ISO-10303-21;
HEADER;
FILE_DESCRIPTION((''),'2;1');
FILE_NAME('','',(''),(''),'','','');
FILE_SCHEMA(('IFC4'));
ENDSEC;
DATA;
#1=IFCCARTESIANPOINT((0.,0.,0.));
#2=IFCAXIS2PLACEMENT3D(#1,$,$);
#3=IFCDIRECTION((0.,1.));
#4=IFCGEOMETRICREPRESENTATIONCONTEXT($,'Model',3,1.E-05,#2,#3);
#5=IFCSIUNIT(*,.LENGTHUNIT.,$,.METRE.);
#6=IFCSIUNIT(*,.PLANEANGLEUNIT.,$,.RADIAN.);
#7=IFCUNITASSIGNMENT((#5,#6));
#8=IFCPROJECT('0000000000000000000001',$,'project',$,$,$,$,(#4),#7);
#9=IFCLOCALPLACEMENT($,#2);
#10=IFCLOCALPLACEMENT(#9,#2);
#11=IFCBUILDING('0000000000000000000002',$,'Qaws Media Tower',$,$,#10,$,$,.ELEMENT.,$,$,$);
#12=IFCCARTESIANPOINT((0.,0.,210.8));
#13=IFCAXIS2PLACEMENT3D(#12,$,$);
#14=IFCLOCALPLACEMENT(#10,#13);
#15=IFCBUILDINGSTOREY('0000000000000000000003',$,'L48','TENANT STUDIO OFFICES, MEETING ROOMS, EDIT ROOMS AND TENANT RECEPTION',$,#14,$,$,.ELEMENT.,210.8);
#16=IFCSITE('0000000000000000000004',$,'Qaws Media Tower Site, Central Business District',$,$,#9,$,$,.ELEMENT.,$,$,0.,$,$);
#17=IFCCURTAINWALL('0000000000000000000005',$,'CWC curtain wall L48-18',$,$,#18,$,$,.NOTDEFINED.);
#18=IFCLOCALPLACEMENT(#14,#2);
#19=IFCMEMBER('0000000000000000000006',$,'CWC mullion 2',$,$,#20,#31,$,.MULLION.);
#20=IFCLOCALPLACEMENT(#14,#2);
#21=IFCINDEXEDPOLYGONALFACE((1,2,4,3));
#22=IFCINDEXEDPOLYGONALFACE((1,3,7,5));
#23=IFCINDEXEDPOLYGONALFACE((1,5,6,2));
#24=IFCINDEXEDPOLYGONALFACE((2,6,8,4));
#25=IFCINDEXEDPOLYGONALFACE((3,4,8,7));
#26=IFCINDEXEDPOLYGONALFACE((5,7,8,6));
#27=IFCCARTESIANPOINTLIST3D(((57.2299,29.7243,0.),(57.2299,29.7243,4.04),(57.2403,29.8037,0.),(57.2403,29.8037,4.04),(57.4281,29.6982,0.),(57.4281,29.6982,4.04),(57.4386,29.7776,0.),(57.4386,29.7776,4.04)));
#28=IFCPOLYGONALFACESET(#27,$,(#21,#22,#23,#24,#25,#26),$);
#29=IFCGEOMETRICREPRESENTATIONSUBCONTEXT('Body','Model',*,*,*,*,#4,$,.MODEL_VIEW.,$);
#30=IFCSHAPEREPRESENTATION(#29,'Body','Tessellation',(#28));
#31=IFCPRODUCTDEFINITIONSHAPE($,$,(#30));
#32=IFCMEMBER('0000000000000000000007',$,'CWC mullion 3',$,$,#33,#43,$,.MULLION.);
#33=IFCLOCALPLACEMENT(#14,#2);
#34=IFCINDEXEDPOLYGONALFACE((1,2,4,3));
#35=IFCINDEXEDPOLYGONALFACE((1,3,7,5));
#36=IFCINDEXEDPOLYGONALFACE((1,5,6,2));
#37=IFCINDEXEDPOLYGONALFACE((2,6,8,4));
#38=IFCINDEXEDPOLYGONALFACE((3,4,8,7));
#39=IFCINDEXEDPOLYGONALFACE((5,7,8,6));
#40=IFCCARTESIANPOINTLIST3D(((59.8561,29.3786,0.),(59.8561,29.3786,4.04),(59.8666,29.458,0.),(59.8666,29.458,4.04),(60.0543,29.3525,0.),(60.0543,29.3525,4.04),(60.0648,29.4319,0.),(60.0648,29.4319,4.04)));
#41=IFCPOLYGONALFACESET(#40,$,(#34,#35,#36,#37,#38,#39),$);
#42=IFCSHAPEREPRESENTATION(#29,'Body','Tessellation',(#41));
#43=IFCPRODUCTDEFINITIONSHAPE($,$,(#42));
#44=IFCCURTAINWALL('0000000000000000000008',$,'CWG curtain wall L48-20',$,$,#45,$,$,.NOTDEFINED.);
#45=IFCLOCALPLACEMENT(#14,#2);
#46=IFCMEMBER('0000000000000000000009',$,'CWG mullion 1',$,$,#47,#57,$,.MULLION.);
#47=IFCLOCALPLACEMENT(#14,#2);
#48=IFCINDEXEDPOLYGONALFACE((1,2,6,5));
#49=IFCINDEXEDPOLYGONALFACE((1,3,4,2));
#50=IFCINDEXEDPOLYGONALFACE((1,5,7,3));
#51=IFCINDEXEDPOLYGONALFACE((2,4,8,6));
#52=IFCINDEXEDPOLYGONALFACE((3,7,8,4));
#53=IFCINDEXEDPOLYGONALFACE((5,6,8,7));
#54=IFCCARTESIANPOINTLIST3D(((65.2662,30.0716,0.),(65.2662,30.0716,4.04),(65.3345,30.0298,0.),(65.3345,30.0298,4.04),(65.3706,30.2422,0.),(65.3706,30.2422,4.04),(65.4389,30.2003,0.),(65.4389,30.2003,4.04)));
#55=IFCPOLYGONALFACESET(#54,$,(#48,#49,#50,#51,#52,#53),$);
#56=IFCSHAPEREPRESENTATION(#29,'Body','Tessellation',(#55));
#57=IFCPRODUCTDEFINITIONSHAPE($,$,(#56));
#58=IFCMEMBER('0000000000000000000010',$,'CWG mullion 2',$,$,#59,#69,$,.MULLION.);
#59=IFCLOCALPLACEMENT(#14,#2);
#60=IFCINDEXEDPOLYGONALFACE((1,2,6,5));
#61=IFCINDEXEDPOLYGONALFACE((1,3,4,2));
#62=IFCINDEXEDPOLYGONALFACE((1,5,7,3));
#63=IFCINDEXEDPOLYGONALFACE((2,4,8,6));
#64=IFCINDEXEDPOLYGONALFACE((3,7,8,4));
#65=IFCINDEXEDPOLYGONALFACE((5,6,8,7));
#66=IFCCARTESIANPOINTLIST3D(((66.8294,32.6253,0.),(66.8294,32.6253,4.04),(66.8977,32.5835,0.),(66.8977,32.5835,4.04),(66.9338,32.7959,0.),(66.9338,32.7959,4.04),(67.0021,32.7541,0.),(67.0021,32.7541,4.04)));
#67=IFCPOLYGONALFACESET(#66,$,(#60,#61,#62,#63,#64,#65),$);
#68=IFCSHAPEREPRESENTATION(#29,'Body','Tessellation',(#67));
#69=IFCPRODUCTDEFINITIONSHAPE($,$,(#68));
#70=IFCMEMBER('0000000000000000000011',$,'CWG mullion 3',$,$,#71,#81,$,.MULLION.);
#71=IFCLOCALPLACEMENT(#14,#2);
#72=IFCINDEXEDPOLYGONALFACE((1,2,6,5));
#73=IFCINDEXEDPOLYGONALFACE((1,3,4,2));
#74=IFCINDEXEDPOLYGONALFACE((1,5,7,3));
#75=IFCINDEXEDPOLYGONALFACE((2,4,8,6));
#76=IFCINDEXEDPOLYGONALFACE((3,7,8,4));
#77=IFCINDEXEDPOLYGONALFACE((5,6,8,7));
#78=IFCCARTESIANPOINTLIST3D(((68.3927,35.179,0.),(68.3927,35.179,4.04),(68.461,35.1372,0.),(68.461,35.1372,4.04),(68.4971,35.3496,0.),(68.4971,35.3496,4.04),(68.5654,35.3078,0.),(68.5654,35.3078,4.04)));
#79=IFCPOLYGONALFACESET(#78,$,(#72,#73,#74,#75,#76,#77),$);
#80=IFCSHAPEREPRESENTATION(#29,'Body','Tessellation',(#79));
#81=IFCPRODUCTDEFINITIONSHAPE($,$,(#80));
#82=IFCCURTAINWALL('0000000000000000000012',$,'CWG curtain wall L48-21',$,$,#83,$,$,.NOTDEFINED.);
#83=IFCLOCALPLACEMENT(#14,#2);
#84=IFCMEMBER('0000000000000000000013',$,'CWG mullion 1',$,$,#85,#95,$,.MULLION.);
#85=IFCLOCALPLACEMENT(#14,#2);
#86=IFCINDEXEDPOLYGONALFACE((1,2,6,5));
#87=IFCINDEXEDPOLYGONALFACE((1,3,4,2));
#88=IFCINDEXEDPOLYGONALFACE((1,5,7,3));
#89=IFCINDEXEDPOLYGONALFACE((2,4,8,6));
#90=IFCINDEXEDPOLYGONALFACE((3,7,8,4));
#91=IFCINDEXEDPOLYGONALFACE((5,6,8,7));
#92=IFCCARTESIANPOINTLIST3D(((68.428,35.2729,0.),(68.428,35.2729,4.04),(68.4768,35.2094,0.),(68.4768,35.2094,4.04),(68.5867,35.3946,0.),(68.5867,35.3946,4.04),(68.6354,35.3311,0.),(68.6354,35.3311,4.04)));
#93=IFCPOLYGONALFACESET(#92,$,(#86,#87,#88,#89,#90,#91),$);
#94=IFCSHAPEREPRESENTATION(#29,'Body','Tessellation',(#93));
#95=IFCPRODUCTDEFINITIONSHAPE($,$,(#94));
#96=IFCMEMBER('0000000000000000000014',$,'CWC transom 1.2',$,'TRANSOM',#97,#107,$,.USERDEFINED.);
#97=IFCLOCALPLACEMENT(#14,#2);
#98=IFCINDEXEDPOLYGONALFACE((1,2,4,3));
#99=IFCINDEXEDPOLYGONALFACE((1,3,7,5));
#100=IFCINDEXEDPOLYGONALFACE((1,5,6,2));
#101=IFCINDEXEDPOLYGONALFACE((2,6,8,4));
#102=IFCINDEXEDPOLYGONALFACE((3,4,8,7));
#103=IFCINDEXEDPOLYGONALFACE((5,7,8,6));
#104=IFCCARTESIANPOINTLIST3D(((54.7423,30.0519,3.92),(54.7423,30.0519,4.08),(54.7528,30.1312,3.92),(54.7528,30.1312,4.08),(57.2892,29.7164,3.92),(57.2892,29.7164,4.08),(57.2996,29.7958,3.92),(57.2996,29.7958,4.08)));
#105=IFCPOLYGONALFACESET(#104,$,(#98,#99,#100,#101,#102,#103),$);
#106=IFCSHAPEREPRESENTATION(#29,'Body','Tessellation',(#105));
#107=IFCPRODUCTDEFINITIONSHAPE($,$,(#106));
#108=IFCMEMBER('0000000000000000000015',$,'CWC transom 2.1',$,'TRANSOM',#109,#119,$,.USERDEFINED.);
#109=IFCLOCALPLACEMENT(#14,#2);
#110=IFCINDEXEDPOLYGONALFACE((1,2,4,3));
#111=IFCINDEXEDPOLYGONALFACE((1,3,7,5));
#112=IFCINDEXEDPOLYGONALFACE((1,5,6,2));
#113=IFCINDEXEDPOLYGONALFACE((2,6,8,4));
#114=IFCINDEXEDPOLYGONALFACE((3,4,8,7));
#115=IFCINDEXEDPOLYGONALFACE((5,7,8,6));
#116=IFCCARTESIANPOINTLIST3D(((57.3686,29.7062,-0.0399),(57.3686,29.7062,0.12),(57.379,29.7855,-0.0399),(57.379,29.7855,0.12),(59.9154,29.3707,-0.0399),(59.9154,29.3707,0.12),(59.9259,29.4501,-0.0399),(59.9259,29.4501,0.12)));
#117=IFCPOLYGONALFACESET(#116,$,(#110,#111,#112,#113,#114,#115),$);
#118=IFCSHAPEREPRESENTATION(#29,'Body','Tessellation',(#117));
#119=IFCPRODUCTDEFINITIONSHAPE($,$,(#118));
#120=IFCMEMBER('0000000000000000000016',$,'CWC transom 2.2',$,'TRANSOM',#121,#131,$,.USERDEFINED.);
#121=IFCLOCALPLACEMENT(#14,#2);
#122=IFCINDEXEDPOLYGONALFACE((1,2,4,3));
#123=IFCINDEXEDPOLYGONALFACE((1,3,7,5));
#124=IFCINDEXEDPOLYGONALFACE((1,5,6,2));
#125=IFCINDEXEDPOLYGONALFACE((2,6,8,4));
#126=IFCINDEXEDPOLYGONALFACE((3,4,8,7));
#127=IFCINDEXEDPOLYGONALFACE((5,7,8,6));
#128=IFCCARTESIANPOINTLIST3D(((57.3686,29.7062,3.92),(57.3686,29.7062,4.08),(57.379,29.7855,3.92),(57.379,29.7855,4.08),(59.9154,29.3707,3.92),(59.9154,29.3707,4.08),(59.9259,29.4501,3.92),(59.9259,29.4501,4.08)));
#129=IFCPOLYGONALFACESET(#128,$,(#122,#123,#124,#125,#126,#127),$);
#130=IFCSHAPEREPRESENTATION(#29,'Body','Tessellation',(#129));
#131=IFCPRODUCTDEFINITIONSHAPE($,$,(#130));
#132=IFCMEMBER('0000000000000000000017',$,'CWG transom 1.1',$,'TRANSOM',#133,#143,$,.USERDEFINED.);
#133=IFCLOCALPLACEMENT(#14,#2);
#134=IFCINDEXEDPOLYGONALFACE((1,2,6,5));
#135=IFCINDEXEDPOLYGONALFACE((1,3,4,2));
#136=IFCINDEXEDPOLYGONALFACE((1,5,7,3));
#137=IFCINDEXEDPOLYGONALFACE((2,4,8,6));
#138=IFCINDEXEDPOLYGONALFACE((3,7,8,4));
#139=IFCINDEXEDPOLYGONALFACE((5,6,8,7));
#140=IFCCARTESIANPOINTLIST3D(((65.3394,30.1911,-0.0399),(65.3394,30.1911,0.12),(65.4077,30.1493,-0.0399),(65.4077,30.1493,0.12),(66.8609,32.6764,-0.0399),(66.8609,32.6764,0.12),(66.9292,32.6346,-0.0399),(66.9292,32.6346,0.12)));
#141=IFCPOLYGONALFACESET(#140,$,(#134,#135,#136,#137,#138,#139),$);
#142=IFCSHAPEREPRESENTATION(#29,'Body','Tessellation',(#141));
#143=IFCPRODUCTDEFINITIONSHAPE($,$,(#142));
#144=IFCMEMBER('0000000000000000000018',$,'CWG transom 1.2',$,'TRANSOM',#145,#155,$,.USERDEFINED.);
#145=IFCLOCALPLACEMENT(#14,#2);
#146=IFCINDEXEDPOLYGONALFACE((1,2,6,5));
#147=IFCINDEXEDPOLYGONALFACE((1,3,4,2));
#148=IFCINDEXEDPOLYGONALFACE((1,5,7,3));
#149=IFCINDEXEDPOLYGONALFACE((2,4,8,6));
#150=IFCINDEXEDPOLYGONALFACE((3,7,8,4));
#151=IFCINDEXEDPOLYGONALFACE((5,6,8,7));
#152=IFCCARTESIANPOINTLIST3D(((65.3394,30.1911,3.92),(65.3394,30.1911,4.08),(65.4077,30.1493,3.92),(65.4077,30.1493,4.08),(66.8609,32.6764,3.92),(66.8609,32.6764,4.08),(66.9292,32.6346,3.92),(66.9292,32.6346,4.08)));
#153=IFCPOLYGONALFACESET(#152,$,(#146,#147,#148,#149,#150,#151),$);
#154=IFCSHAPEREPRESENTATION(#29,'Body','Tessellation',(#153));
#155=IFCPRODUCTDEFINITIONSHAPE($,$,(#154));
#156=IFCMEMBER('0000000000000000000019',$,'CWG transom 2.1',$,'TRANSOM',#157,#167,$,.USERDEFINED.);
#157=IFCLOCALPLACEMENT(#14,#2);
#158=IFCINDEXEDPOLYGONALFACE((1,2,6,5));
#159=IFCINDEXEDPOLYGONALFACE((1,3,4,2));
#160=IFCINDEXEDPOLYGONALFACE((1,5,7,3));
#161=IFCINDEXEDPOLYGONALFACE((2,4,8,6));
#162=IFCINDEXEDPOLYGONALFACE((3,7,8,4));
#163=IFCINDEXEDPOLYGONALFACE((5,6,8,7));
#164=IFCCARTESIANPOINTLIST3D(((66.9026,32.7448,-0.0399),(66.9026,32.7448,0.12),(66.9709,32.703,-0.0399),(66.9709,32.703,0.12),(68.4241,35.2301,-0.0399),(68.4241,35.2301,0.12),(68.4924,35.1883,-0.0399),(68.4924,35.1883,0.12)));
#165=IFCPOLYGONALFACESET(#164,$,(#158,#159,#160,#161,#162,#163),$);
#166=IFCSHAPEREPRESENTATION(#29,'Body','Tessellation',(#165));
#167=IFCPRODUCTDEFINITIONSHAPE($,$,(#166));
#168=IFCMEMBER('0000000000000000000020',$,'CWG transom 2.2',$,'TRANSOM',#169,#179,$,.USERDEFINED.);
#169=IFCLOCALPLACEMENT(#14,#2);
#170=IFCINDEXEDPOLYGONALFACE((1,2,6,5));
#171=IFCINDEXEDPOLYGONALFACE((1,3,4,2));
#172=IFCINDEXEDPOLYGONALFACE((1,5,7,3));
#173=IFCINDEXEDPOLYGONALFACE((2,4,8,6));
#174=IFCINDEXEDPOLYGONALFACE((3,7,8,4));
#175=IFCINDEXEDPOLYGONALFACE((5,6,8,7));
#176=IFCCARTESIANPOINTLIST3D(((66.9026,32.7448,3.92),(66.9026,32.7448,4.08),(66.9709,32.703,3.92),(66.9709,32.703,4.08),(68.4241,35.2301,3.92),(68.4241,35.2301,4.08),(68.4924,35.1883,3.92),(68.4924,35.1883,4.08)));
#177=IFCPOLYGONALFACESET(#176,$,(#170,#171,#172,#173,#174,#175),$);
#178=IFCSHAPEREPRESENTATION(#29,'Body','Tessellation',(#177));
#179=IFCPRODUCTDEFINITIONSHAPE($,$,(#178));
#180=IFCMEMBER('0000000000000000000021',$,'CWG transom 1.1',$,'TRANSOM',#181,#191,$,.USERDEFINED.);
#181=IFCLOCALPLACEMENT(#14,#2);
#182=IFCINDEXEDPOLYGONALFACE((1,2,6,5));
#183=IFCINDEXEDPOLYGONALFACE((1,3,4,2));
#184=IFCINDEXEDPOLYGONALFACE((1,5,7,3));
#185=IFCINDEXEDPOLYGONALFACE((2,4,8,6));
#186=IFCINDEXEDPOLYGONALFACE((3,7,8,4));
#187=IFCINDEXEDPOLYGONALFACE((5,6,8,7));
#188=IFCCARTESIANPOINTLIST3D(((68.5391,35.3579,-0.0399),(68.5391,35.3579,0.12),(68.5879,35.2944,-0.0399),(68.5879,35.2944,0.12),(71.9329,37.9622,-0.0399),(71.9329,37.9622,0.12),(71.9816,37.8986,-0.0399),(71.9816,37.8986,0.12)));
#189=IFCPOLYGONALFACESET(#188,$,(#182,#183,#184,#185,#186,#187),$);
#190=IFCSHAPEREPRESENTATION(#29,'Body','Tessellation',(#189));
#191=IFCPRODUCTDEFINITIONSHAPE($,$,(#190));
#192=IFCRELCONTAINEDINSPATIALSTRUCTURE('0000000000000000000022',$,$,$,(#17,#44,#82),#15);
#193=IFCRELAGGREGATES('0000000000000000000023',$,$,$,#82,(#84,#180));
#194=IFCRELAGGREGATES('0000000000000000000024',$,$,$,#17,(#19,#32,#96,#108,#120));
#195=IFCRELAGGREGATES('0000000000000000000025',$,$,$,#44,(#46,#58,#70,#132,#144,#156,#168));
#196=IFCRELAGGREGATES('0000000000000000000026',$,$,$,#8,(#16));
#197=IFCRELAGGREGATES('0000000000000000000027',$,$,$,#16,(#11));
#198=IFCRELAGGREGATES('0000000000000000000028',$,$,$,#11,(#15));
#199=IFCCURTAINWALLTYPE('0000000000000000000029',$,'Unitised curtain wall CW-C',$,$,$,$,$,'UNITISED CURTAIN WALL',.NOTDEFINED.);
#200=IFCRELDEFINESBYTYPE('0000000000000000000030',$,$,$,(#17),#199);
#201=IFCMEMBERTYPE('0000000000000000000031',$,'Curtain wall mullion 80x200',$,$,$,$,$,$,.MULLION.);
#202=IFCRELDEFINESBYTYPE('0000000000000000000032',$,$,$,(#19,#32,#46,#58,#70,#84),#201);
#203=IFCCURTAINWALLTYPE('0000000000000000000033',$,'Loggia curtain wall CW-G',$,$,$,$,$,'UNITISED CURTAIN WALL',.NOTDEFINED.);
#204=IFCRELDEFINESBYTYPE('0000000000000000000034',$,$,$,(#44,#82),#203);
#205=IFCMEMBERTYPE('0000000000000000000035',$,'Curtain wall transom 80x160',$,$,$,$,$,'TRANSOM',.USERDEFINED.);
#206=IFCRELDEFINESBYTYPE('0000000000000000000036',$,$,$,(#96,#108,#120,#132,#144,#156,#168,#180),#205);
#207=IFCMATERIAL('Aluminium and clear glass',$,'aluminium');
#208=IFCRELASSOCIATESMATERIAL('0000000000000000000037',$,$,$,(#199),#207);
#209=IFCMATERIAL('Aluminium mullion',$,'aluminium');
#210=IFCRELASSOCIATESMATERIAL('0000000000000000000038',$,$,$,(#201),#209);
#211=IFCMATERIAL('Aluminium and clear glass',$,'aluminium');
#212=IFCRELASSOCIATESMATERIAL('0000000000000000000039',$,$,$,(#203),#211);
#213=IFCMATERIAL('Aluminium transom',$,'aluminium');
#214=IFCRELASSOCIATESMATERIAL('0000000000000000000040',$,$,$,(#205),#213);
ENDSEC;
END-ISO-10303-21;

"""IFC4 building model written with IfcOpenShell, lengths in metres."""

from ifc_helpers import new_model, si_unit, direction, frame, origin, origin_2d, place, context, subcontext, project, spatial, rectangle, extrude, material, material_profile, profile_set, type_object, element, aggregate, save


model = new_model("IFC4")

# Units and contexts
model_context = context("Model", 3, precision=1e-05, world=origin(), true_north=direction((0.0, 1.0)))
body_context = subcontext(model_context, "Body", "Model", "MODEL_VIEW")
ifc_project = project(units=[si_unit("LENGTHUNIT", "METRE"), si_unit("PLANEANGLEUNIT", "RADIAN")], contexts=[model_context])

# Site, building, storey
site_placement = place(None, origin())
site = spatial("IfcSite", under=ifc_project, at=site_placement, Name="Qaws Media Tower Site, Central Business District", CompositionType="ELEMENT", RefElevation=0.0)
building_placement = place(site_placement, origin())
building = spatial("IfcBuilding", under=site, at=building_placement, Name="Qaws Media Tower", CompositionType="ELEMENT")
storey_placement = place(building_placement, frame((0.0, 0.0, 210.8)))
storey = spatial("IfcBuildingStorey", under=building, at=storey_placement, Name="L48", Description="TENANT STUDIO OFFICES, MEETING ROOMS, EDIT ROOMS AND TENANT RECEPTION", CompositionType="ELEMENT", Elevation=210.8)

# Curtain walls, members
ifc_material_1 = material(Name="Aluminium and clear glass", Category="aluminium")
curtain_wall_type_1 = type_object("IfcCurtainWallType", Name="Unitised curtain wall CW-C", ElementType="UNITISED CURTAIN WALL", PredefinedType="NOTDEFINED", material=ifc_material_1)
curtain_wall_1_placement = place(storey_placement, origin())
curtain_wall_1 = element("IfcCurtainWall", 1, at=curtain_wall_1_placement, inside=storey, type_object=curtain_wall_type_1, Name="CWC curtain wall L48-18", PredefinedType="NOTDEFINED")
ifc_material_2 = material(Name="Aluminium mullion", Category="aluminium")
ifc_material_profile_1 = material_profile(ifc_material_2, rectangle(XDim=0.0801, YDim=0.2, at=origin_2d()), Name="80x200")
ifc_profile_set_1 = profile_set([ifc_material_profile_1], Name="Aluminium mullion")
member_type_1 = type_object("IfcMemberType", Name="Curtain wall mullion 80x200", PredefinedType="MULLION", material=ifc_profile_set_1)
member_1_placement = place(storey_placement, frame((57.3342, 29.751, 0.0), z_axis=(0.0, 0.0, 1.0), x_axis=(0.130526, 0.991445, 0.0)))
member_1 = element("IfcMember", 2, at=member_1_placement, type_object=member_type_1, Name="CWC mullion 2", PredefinedType="MULLION", context=body_context, shape_type="SweptSolid", body=[
    extrude(rectangle(XDim=0.0801, YDim=0.2, at=origin_2d()), origin(), (0.0, 0.0, 1.0), 4.04),
])
member_2_placement = place(storey_placement, frame((59.9604, 29.4053, 0.0), z_axis=(0.0, 0.0, 1.0), x_axis=(0.130526, 0.991445, 0.0)))
member_2 = element("IfcMember", 3, at=member_2_placement, type_object=member_type_1, Name="CWC mullion 3", PredefinedType="MULLION", context=body_context, shape_type="SweptSolid", body=[
    extrude(rectangle(XDim=0.0801, YDim=0.2, at=origin_2d()), origin(), (0.0, 0.0, 1.0), 4.04),
])
ifc_material_3 = material(Name="Aluminium and clear glass", Category="aluminium")
curtain_wall_type_2 = type_object("IfcCurtainWallType", Name="Loggia curtain wall CW-G", ElementType="UNITISED CURTAIN WALL", PredefinedType="NOTDEFINED", material=ifc_material_3)
curtain_wall_2_placement = place(storey_placement, origin())
curtain_wall_2 = element("IfcCurtainWall", 4, at=curtain_wall_2_placement, inside=storey, type_object=curtain_wall_type_2, Name="CWG curtain wall L48-20", PredefinedType="NOTDEFINED")
member_3_placement = place(storey_placement, frame((65.3525, 30.136, 0.0), z_axis=(0.0, 0.0, 1.0), x_axis=(-0.852883, 0.522102, 0.0)))
member_3 = element("IfcMember", 5, at=member_3_placement, type_object=member_type_1, Name="CWG mullion 1", PredefinedType="MULLION", context=body_context, shape_type="SweptSolid", body=[
    extrude(rectangle(XDim=0.0801, YDim=0.2, at=origin_2d()), origin(), (0.0, 0.0, 1.0), 4.04),
])
member_4_placement = place(storey_placement, frame((66.9158, 32.6897, 0.0), z_axis=(0.0, 0.0, 1.0), x_axis=(-0.852883, 0.522102, 0.0)))
member_4 = element("IfcMember", 6, at=member_4_placement, type_object=member_type_1, Name="CWG mullion 2", PredefinedType="MULLION", context=body_context, shape_type="SweptSolid", body=[
    extrude(rectangle(XDim=0.0801, YDim=0.2, at=origin_2d()), origin(), (0.0, 0.0, 1.0), 4.04),
])
member_5_placement = place(storey_placement, frame((68.479, 35.2434, 0.0), z_axis=(0.0, 0.0, 1.0), x_axis=(-0.852883, 0.522102, 0.0)))
member_5 = element("IfcMember", 7, at=member_5_placement, type_object=member_type_1, Name="CWG mullion 3", PredefinedType="MULLION", context=body_context, shape_type="SweptSolid", body=[
    extrude(rectangle(XDim=0.0801, YDim=0.2, at=origin_2d()), origin(), (0.0, 0.0, 1.0), 4.04),
])

# Curtain wall, member
curtain_wall_3_placement = place(storey_placement, origin())
curtain_wall_3 = element("IfcCurtainWall", 8, at=curtain_wall_3_placement, inside=storey, type_object=curtain_wall_type_2, Name="CWG curtain wall L48-21", PredefinedType="NOTDEFINED")
member_6_placement = place(storey_placement, frame((68.5317, 35.302, 0.0), z_axis=(0.0, 0.0, 1.0), x_axis=(-0.608762, 0.793353, 0.0)))
member_6 = element("IfcMember", 9, at=member_6_placement, type_object=member_type_1, Name="CWG mullion 1", PredefinedType="MULLION", context=body_context, shape_type="SweptSolid", body=[
    extrude(rectangle(XDim=0.0801, YDim=0.2, at=origin_2d()), origin(), (0.0, 0.0, 1.0), 4.04),
])

# Members
ifc_material_4 = material(Name="Aluminium transom", Category="aluminium")
ifc_material_profile_2 = material_profile(ifc_material_4, rectangle(XDim=0.0801, YDim=0.1599, at=origin_2d()), Name="80x160")
ifc_profile_set_2 = profile_set([ifc_material_profile_2], Name="Aluminium transom")
member_type_2 = type_object("IfcMemberType", Name="Curtain wall transom 80x160", ElementType="TRANSOM", PredefinedType="USERDEFINED", material=ifc_profile_set_2)
member_7_placement = place(storey_placement, frame((54.7476, 30.0916, 4.0), z_axis=(0.991437, -0.130582, 0.0), x_axis=(0.130582, 0.991437, 0.0)))
member_7 = element("IfcMember", 10, at=member_7_placement, type_object=member_type_2, Name="CWC transom 1.2", ObjectType="TRANSOM", PredefinedType="USERDEFINED", context=body_context, shape_type="SweptSolid", body=[
    extrude(rectangle(XDim=0.0801, YDim=0.1599, at=origin_2d()), origin(), (0.0, 0.0, 1.0), 2.5688),
])
member_8_placement = place(storey_placement, frame((57.3738, 29.7458, 0.04), z_axis=(0.991437, -0.130582, 0.0), x_axis=(0.130582, 0.991437, 0.0)))
member_8 = element("IfcMember", 11, at=member_8_placement, type_object=member_type_2, Name="CWC transom 2.1", ObjectType="TRANSOM", PredefinedType="USERDEFINED", context=body_context, shape_type="SweptSolid", body=[
    extrude(rectangle(XDim=0.0801, YDim=0.1599, at=origin_2d()), origin(), (0.0, 0.0, 1.0), 2.5688),
])
member_9_placement = place(storey_placement, frame((57.3738, 29.7458, 4.0), z_axis=(0.991437, -0.130582, 0.0), x_axis=(0.130582, 0.991437, 0.0)))
member_9 = element("IfcMember", 12, at=member_9_placement, type_object=member_type_2, Name="CWC transom 2.2", ObjectType="TRANSOM", PredefinedType="USERDEFINED", context=body_context, shape_type="SweptSolid", body=[
    extrude(rectangle(XDim=0.0801, YDim=0.1599, at=origin_2d()), origin(), (0.0, 0.0, 1.0), 2.5688),
])
member_10_placement = place(storey_placement, frame((65.3735, 30.1702, 0.04), z_axis=(0.522114, 0.852876, 0.0), x_axis=(-0.852876, 0.522114, 0.0)))
member_10 = element("IfcMember", 13, at=member_10_placement, type_object=member_type_2, Name="CWG transom 1.1", ObjectType="TRANSOM", PredefinedType="USERDEFINED", context=body_context, shape_type="SweptSolid", body=[
    extrude(rectangle(XDim=0.0801, YDim=0.1599, at=origin_2d()), origin(), (0.0, 0.0, 1.0), 2.9141),
])
member_11_placement = place(storey_placement, frame((65.3735, 30.1702, 4.0), z_axis=(0.522114, 0.852876, 0.0), x_axis=(-0.852876, 0.522114, 0.0)))
member_11 = element("IfcMember", 14, at=member_11_placement, type_object=member_type_2, Name="CWG transom 1.2", ObjectType="TRANSOM", PredefinedType="USERDEFINED", context=body_context, shape_type="SweptSolid", body=[
    extrude(rectangle(XDim=0.0801, YDim=0.1599, at=origin_2d()), origin(), (0.0, 0.0, 1.0), 2.9141),
])
member_12_placement = place(storey_placement, frame((66.9368, 32.7239, 0.04), z_axis=(0.522114, 0.852876, 0.0), x_axis=(-0.852876, 0.522114, 0.0)))
member_12 = element("IfcMember", 15, at=member_12_placement, type_object=member_type_2, Name="CWG transom 2.1", ObjectType="TRANSOM", PredefinedType="USERDEFINED", context=body_context, shape_type="SweptSolid", body=[
    extrude(rectangle(XDim=0.0801, YDim=0.1599, at=origin_2d()), origin(), (0.0, 0.0, 1.0), 2.9141),
])
member_13_placement = place(storey_placement, frame((66.9368, 32.7239, 4.0), z_axis=(0.522114, 0.852876, 0.0), x_axis=(-0.852876, 0.522114, 0.0)))
member_13 = element("IfcMember", 16, at=member_13_placement, type_object=member_type_2, Name="CWG transom 2.2", ObjectType="TRANSOM", PredefinedType="USERDEFINED", context=body_context, shape_type="SweptSolid", body=[
    extrude(rectangle(XDim=0.0801, YDim=0.1599, at=origin_2d()), origin(), (0.0, 0.0, 1.0), 2.9141),
])
member_14_placement = place(storey_placement, frame((68.5635, 35.3262, 0.04), z_axis=(0.793343, 0.608775, 0.0), x_axis=(-0.608775, 0.793343, 0.0)))
member_14 = element("IfcMember", 17, at=member_14_placement, type_object=member_type_2, Name="CWG transom 1.1", ObjectType="TRANSOM", PredefinedType="USERDEFINED", context=body_context, shape_type="SweptSolid", body=[
    extrude(rectangle(XDim=0.0801, YDim=0.1599, at=origin_2d()), origin(), (0.0, 0.0, 1.0), 4.2778),
])
aggregate(curtain_wall_3, [member_6, member_14])

aggregate(curtain_wall_1, [member_1, member_2, member_7, member_8, member_9])
aggregate(curtain_wall_2, [member_3, member_4, member_5, member_10, member_11, member_12, member_13])

save(model, "model.ifc")
